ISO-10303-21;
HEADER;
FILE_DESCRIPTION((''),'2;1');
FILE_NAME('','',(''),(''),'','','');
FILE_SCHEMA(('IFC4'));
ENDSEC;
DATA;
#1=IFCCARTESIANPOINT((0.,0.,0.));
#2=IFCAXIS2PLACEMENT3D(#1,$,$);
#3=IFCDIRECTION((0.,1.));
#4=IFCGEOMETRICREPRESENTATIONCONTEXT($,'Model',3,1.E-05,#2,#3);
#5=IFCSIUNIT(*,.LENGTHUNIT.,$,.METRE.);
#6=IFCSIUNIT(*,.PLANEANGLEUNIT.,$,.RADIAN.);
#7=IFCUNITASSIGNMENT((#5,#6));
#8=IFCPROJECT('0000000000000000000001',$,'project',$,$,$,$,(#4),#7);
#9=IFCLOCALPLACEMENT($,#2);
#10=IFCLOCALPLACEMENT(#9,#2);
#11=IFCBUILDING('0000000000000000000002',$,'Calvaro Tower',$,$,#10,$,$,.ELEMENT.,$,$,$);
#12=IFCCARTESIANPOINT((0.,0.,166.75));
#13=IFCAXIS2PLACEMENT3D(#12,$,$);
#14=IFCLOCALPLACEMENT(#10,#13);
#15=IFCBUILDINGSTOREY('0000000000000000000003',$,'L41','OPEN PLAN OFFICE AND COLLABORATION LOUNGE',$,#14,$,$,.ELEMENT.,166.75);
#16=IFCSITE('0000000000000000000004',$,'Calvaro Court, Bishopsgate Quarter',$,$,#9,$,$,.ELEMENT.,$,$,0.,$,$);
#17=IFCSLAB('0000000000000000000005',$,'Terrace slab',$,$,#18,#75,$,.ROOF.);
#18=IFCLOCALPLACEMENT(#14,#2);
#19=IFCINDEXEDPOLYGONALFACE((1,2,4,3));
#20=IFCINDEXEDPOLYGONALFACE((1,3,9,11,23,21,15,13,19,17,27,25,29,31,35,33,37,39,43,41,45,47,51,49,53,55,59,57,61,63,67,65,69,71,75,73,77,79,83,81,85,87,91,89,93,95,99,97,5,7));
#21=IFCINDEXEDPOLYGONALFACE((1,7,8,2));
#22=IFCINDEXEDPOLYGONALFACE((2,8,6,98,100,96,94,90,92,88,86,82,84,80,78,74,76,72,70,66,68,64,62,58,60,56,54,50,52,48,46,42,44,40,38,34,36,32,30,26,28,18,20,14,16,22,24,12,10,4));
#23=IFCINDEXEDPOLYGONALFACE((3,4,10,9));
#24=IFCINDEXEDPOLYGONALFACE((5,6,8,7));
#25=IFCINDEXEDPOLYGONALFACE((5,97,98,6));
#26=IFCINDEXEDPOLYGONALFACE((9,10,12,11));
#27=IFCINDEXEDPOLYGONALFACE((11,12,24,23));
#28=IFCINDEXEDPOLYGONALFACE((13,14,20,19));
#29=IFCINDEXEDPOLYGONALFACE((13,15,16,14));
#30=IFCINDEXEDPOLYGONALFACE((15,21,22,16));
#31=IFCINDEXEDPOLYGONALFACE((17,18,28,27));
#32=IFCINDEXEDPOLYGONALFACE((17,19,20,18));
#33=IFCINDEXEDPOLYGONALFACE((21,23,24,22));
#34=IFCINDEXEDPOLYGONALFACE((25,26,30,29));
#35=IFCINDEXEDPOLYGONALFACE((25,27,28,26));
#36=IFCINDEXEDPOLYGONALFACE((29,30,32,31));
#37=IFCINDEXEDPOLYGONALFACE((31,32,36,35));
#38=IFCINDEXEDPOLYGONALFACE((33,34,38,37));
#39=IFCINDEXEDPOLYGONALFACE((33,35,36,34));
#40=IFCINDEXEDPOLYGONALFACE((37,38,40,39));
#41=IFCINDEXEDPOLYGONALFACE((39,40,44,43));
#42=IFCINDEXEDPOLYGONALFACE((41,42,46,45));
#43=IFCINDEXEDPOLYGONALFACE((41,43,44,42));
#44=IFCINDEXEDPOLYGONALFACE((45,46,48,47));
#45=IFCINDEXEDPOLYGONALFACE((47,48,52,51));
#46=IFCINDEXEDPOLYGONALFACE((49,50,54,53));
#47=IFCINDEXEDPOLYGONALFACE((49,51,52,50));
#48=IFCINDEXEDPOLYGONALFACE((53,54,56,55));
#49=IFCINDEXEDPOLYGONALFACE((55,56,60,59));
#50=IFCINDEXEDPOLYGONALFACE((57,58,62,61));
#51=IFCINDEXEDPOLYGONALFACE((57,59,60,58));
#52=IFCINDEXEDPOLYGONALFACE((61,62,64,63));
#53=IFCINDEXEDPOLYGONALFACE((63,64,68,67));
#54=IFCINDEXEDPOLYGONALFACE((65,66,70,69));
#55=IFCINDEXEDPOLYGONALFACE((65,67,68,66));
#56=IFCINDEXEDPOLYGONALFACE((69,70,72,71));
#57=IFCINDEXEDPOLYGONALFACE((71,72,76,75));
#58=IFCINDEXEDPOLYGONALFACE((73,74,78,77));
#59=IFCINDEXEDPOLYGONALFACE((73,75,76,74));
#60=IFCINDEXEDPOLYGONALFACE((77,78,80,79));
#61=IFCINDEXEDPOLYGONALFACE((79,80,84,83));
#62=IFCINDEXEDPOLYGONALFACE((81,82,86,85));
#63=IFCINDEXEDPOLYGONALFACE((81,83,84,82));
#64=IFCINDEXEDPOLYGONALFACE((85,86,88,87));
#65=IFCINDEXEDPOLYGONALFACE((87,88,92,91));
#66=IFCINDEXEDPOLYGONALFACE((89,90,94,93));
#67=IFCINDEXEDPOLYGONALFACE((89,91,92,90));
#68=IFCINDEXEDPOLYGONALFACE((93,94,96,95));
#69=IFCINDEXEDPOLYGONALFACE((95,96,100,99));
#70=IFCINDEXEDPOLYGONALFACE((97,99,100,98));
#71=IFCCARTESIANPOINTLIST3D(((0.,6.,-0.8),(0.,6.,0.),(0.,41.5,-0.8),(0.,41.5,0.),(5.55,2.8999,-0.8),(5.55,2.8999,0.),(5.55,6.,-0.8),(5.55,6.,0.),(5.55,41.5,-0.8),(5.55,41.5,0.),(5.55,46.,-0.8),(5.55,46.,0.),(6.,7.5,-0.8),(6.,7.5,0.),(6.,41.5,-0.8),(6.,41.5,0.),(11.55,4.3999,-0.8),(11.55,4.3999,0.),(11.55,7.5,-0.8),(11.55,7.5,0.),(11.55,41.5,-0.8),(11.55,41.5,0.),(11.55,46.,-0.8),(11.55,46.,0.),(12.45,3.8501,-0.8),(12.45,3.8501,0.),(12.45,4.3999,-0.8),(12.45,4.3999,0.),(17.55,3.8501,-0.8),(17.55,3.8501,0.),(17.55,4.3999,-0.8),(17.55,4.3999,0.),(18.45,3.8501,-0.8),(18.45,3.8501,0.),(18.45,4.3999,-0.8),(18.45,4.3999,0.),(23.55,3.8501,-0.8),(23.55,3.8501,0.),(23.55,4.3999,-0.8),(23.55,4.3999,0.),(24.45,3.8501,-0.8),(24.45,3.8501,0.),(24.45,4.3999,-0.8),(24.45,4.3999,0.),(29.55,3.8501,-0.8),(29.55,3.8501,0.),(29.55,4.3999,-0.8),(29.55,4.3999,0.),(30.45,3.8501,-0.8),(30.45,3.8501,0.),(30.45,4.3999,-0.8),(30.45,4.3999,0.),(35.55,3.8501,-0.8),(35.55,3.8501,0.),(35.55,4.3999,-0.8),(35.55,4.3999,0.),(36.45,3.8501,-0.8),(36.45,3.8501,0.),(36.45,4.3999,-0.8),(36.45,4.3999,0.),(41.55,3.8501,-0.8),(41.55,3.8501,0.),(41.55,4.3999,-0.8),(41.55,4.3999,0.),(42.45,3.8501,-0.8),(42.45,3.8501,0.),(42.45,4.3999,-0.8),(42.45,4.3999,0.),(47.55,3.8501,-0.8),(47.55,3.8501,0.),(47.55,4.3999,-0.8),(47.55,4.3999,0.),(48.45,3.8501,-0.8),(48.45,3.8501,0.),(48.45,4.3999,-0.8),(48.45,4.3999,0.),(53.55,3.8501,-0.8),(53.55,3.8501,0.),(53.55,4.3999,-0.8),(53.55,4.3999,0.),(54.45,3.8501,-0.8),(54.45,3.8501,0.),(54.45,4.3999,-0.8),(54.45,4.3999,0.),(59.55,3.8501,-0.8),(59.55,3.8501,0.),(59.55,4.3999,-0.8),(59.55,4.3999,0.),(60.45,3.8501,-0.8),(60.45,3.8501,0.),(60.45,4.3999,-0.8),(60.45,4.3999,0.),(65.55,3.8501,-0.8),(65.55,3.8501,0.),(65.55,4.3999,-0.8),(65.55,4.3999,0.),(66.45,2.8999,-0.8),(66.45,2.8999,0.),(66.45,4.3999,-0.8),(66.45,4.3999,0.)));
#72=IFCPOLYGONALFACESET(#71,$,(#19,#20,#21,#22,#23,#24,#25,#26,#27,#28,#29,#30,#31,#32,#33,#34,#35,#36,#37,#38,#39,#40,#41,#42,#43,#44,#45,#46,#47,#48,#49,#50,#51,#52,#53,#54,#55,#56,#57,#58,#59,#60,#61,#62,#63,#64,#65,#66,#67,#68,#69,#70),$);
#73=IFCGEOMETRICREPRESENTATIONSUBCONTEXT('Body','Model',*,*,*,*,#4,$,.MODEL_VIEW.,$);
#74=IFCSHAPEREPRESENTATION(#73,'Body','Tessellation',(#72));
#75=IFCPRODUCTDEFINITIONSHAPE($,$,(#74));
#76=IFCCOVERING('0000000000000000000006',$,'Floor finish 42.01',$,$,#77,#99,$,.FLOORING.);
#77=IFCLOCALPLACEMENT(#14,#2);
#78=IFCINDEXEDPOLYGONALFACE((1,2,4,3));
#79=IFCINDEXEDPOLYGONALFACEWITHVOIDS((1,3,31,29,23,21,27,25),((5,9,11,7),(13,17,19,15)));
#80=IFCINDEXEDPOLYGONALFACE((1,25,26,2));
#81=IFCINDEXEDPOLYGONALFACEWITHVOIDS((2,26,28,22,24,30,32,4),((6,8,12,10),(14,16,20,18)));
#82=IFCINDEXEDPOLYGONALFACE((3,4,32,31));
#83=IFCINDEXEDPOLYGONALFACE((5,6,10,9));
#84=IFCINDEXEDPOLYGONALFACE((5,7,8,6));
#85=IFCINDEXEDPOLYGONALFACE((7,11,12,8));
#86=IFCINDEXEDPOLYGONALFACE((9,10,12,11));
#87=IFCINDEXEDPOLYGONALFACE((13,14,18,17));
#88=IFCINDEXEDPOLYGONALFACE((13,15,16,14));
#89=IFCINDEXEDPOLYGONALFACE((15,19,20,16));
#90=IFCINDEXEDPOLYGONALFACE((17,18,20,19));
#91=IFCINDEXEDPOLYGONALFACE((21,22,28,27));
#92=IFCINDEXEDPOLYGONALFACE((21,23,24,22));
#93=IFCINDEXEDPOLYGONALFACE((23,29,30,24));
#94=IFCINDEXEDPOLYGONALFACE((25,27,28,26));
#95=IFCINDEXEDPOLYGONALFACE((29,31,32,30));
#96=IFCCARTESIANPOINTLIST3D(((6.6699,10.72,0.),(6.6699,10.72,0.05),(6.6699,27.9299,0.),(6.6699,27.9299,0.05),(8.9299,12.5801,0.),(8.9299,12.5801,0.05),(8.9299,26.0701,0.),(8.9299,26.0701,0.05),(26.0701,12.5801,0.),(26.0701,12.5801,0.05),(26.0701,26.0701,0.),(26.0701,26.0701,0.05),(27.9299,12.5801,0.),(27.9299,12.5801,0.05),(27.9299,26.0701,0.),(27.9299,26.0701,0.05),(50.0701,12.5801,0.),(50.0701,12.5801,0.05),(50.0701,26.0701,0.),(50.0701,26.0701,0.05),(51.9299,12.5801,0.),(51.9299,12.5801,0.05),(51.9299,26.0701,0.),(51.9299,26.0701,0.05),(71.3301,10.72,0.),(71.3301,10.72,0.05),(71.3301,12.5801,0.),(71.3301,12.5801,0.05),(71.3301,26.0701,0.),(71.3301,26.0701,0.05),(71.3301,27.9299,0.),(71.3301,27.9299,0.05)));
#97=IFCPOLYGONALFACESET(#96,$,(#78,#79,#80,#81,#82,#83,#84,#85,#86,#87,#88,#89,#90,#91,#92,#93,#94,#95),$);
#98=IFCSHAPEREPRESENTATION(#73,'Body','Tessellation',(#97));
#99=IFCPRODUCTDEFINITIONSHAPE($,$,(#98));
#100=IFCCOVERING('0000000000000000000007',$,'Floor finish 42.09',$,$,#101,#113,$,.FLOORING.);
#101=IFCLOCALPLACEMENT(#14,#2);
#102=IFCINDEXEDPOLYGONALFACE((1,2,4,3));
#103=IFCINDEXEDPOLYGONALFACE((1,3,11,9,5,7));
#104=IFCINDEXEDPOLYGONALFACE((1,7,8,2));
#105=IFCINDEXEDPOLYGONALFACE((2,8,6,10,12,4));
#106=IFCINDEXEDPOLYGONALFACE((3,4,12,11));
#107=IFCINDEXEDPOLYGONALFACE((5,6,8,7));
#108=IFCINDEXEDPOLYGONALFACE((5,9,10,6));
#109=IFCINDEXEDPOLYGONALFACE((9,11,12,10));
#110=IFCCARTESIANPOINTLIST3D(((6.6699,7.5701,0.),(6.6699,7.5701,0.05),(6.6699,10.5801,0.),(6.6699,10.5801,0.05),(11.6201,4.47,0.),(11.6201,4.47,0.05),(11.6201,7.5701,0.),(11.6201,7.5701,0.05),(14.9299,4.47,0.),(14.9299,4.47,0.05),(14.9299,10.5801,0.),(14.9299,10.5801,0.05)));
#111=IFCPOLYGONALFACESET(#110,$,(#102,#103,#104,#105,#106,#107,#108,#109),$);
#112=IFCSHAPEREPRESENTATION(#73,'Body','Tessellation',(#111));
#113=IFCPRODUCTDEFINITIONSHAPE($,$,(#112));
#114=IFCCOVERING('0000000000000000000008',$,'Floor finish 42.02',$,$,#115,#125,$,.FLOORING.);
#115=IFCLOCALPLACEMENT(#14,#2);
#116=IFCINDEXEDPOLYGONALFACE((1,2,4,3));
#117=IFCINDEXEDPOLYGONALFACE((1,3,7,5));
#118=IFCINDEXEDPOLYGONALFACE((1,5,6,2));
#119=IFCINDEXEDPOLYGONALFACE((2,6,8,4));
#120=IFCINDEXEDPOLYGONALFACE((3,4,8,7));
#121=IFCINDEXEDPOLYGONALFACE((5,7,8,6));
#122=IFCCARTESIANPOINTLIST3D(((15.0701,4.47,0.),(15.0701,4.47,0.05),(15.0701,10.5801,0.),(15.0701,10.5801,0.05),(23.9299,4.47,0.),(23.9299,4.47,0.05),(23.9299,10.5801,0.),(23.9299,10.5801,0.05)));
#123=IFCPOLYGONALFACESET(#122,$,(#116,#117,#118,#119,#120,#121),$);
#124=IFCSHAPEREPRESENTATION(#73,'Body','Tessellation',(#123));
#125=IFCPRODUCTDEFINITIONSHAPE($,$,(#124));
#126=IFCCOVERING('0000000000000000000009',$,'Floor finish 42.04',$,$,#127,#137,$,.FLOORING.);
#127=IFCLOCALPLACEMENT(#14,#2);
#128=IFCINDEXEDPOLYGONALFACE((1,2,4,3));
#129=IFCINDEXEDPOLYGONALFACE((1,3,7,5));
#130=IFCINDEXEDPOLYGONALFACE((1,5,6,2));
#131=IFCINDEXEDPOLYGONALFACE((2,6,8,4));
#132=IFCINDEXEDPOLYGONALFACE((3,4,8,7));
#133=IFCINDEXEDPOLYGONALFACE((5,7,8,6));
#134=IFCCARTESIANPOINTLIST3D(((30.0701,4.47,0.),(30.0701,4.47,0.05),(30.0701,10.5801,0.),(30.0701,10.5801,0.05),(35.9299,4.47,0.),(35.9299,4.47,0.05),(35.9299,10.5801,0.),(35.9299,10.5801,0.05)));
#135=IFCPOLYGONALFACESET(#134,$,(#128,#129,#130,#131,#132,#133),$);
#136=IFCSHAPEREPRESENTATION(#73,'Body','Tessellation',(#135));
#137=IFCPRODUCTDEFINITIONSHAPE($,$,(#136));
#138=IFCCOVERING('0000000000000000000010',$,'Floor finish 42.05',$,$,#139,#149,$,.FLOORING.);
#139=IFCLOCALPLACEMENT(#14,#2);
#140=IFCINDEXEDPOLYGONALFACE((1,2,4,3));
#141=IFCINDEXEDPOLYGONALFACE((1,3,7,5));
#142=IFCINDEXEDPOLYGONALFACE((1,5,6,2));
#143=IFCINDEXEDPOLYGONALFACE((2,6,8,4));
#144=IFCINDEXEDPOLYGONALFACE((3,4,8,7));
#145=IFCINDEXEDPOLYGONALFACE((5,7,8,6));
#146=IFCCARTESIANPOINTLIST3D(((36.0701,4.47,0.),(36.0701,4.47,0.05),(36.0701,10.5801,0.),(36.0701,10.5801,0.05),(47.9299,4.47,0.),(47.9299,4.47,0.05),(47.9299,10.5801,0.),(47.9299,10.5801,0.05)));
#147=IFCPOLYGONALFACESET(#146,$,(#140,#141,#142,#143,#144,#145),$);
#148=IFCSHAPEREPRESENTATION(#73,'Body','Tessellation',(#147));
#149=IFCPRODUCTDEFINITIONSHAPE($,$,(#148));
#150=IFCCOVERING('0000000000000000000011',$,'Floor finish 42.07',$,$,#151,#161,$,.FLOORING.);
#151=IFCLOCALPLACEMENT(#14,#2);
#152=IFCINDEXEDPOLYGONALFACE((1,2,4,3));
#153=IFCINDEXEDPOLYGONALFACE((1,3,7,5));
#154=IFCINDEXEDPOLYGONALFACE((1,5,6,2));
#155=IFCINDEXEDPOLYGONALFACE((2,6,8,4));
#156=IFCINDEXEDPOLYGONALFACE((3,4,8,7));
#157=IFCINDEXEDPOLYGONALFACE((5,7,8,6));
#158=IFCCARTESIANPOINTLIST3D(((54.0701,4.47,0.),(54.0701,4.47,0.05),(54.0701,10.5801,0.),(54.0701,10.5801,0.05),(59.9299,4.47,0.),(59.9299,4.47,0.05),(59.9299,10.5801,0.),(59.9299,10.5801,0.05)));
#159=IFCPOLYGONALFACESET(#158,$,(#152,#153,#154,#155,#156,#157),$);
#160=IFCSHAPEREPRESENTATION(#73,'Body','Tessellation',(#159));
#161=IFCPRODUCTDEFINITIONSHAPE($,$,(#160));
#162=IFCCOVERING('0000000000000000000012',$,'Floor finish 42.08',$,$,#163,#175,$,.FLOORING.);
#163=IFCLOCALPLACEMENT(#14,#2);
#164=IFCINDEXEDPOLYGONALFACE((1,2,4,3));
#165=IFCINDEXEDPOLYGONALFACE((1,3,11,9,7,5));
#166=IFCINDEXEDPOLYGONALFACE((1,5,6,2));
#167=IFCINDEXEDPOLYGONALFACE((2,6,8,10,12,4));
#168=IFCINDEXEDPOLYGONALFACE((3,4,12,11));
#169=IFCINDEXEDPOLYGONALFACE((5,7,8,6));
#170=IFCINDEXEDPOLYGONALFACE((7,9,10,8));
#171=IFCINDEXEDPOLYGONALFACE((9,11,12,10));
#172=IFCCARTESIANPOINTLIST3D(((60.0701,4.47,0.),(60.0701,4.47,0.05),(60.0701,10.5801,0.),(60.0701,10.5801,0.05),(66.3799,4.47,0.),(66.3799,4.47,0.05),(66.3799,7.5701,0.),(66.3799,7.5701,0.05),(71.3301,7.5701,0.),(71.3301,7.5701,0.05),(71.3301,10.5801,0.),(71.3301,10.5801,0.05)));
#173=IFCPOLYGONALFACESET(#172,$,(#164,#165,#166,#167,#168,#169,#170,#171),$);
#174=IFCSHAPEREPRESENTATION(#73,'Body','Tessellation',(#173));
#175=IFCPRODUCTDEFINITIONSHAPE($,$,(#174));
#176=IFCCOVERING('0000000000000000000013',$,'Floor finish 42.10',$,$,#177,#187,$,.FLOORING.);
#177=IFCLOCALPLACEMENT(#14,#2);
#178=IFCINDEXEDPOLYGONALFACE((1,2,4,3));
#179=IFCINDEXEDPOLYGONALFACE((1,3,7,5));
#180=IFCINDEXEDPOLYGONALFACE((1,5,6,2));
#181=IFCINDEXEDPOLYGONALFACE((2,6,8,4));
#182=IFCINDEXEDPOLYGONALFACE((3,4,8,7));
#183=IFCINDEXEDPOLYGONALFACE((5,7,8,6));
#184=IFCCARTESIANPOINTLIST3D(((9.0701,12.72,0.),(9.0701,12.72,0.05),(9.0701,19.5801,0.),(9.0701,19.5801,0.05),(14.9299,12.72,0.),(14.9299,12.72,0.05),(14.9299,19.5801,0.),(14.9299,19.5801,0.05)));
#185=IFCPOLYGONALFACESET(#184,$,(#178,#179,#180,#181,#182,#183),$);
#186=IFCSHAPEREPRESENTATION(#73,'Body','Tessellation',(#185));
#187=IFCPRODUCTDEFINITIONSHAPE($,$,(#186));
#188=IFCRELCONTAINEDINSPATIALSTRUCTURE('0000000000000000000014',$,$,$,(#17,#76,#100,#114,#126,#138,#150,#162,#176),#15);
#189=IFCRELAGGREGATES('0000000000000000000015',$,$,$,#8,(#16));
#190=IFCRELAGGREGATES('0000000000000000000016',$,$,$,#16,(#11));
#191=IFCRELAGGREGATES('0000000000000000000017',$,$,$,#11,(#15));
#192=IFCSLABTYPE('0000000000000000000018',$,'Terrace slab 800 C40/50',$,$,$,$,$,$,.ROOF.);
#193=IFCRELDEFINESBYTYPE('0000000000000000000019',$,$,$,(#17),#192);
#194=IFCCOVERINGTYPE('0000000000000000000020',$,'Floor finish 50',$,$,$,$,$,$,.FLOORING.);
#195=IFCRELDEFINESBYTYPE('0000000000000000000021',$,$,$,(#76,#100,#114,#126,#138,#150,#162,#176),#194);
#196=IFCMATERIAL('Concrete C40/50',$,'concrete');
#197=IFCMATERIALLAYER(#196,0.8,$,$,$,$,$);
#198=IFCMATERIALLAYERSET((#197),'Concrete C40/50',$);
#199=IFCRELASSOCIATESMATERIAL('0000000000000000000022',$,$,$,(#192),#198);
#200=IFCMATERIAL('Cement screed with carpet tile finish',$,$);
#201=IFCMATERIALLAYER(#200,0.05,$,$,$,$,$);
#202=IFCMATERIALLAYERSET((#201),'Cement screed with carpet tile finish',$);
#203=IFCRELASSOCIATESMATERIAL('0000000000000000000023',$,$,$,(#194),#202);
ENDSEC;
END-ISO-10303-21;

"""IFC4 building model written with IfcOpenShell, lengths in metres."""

from ifc_helpers import new_model, si_unit, direction, frame, origin, place, context, subcontext, project, spatial, polyline, outline, extrude, material, layer, layer_set, type_object, element, save


model = new_model("IFC4")

# Units and contexts
model_context = context("Model", 3, precision=1e-05, world=origin(), true_north=direction((0.0, 1.0)))
body_context = subcontext(model_context, "Body", "Model", "MODEL_VIEW")
ifc_project = project(units=[si_unit("LENGTHUNIT", "METRE"), si_unit("PLANEANGLEUNIT", "RADIAN")], contexts=[model_context])

# Site, building, storey
site_placement = place(None, origin())
site = spatial("IfcSite", under=ifc_project, at=site_placement, Name="Calvaro Court, Bishopsgate Quarter", CompositionType="ELEMENT", RefElevation=0.0)
building_placement = place(site_placement, origin())
building = spatial("IfcBuilding", under=site, at=building_placement, Name="Calvaro Tower", CompositionType="ELEMENT")
storey_placement = place(building_placement, frame((0.0, 0.0, 166.75)))
storey = spatial("IfcBuildingStorey", under=building, at=storey_placement, Name="L41", Description="OPEN PLAN OFFICE AND COLLABORATION LOUNGE", CompositionType="ELEMENT", Elevation=166.75)

# Slab
ifc_material_1 = material(Name="Concrete C40/50", Category="concrete")
ifc_layer_1 = layer(ifc_material_1, 0.8)
ifc_layer_set_1 = layer_set([ifc_layer_1], Name="Concrete C40/50")
slab_type_1 = type_object("IfcSlabType", Name="Terrace slab 800 C40/50", PredefinedType="ROOF", material=ifc_layer_set_1)
slab_1_placement = place(storey_placement, frame((0.0, 0.0, -0.8)))
element("IfcSlab", 1, at=slab_1_placement, inside=storey, type_object=slab_type_1, Name="Terrace slab", PredefinedType="ROOF", context=body_context, shape_type="SweptSolid", body=[
    extrude(outline(polyline([(5.55, 2.8999), (5.55, 6.0), (0.0, 6.0), (0.0, 41.5), (5.55, 41.5), (5.55, 46.0), (11.55, 46.0), (11.55, 41.5), (6.0, 41.5), (6.0, 7.5), (11.55, 7.5), (11.55, 4.3999), (12.45, 4.3999), (12.45, 3.8501), (17.55, 3.8501), (17.55, 4.3999), (18.45, 4.3999), (18.45, 3.8501), (23.55, 3.8501), (23.55, 4.3999), (24.45, 4.3999), (24.45, 3.8501), (29.55, 3.8501), (29.55, 4.3999), (30.45, 4.3999), (30.45, 3.8501), (35.55, 3.8501), (35.55, 4.3999), (36.45, 4.3999), (36.45, 3.8501), (41.55, 3.8501), (41.55, 4.3999), (42.45, 4.3999), (42.45, 3.8501), (47.55, 3.8501), (47.55, 4.3999), (48.45, 4.3999), (48.45, 3.8501), (53.55, 3.8501), (53.55, 4.3999), (54.45, 4.3999), (54.45, 3.8501), (59.55, 3.8501), (59.55, 4.3999), (60.45, 4.3999), (60.45, 3.8501), (65.55, 3.8501), (65.55, 4.3999), (66.45, 4.3999), (66.45, 2.8999), (5.55, 2.8999)])), origin(), (0.0, 0.0, 1.0), 0.8),
])

# Coverings
ifc_material_2 = material(Name="Cement screed with carpet tile finish")
ifc_layer_2 = layer(ifc_material_2, 0.05)
ifc_layer_set_2 = layer_set([ifc_layer_2], Name="Cement screed with carpet tile finish")
covering_type_1 = type_object("IfcCoveringType", Name="Floor finish 50", PredefinedType="FLOORING", material=ifc_layer_set_2)
covering_1_placement = place(storey_placement, origin())
element("IfcCovering", 2, at=covering_1_placement, inside=storey, type_object=covering_type_1, Name="Floor finish 42.01", PredefinedType="FLOORING", context=body_context, shape_type="SweptSolid", body=[
    extrude(outline(polyline([(6.6699, 10.72), (6.6699, 27.9299), (71.3301, 27.9299), (71.3301, 26.0701), (51.9299, 26.0701), (51.9299, 12.5801), (71.3301, 12.5801), (71.3301, 10.72), (6.6699, 10.72)]), holes=[polyline([(50.0701, 26.0701), (27.9299, 26.0701), (27.9299, 12.5801), (50.0701, 12.5801), (50.0701, 26.0701)]), polyline([(26.0701, 12.5801), (26.0701, 26.0701), (8.9299, 26.0701), (8.9299, 12.5801), (26.0701, 12.5801)])]), origin(), (0.0, 0.0, 1.0), 0.05),
])
covering_2_placement = place(storey_placement, origin())
element("IfcCovering", 3, at=covering_2_placement, inside=storey, type_object=covering_type_1, Name="Floor finish 42.09", PredefinedType="FLOORING", context=body_context, shape_type="SweptSolid", body=[
    extrude(outline(polyline([(11.6201, 7.5701), (6.6699, 7.5701), (6.6699, 10.5801), (14.9299, 10.5801), (14.9299, 4.47), (11.6201, 4.47), (11.6201, 7.5701)])), origin(), (0.0, 0.0, 1.0), 0.05),
])
covering_3_placement = place(storey_placement, origin())
element("IfcCovering", 4, at=covering_3_placement, inside=storey, type_object=covering_type_1, Name="Floor finish 42.02", PredefinedType="FLOORING", context=body_context, shape_type="SweptSolid", body=[
    extrude(outline(polyline([(15.0701, 4.47), (15.0701, 10.5801), (23.9299, 10.5801), (23.9299, 4.47), (15.0701, 4.47)])), origin(), (0.0, 0.0, 1.0), 0.05),
])
covering_4_placement = place(storey_placement, origin())
element("IfcCovering", 5, at=covering_4_placement, inside=storey, type_object=covering_type_1, Name="Floor finish 42.04", PredefinedType="FLOORING", context=body_context, shape_type="SweptSolid", body=[
    extrude(outline(polyline([(30.0701, 4.47), (30.0701, 10.5801), (35.9299, 10.5801), (35.9299, 4.47), (30.0701, 4.47)])), origin(), (0.0, 0.0, 1.0), 0.05),
])
covering_5_placement = place(storey_placement, origin())
element("IfcCovering", 6, at=covering_5_placement, inside=storey, type_object=covering_type_1, Name="Floor finish 42.05", PredefinedType="FLOORING", context=body_context, shape_type="SweptSolid", body=[
    extrude(outline(polyline([(36.0701, 4.47), (36.0701, 10.5801), (47.9299, 10.5801), (47.9299, 4.47), (36.0701, 4.47)])), origin(), (0.0, 0.0, 1.0), 0.05),
])
covering_6_placement = place(storey_placement, origin())
element("IfcCovering", 7, at=covering_6_placement, inside=storey, type_object=covering_type_1, Name="Floor finish 42.07", PredefinedType="FLOORING", context=body_context, shape_type="SweptSolid", body=[
    extrude(outline(polyline([(54.0701, 4.47), (54.0701, 10.5801), (59.9299, 10.5801), (59.9299, 4.47), (54.0701, 4.47)])), origin(), (0.0, 0.0, 1.0), 0.05),
])
covering_7_placement = place(storey_placement, origin())
element("IfcCovering", 8, at=covering_7_placement, inside=storey, type_object=covering_type_1, Name="Floor finish 42.08", PredefinedType="FLOORING", context=body_context, shape_type="SweptSolid", body=[
    extrude(outline(polyline([(60.0701, 4.47), (60.0701, 10.5801), (71.3301, 10.5801), (71.3301, 7.5701), (66.3799, 7.5701), (66.3799, 4.47), (60.0701, 4.47)])), origin(), (0.0, 0.0, 1.0), 0.05),
])
covering_8_placement = place(storey_placement, origin())
element("IfcCovering", 9, at=covering_8_placement, inside=storey, type_object=covering_type_1, Name="Floor finish 42.10", PredefinedType="FLOORING", context=body_context, shape_type="SweptSolid", body=[
    extrude(outline(polyline([(14.9299, 19.5801), (14.9299, 12.72), (9.0701, 12.72), (9.0701, 19.5801), (14.9299, 19.5801)])), origin(), (0.0, 0.0, 1.0), 0.05),
])

save(model, "model.ifc")
